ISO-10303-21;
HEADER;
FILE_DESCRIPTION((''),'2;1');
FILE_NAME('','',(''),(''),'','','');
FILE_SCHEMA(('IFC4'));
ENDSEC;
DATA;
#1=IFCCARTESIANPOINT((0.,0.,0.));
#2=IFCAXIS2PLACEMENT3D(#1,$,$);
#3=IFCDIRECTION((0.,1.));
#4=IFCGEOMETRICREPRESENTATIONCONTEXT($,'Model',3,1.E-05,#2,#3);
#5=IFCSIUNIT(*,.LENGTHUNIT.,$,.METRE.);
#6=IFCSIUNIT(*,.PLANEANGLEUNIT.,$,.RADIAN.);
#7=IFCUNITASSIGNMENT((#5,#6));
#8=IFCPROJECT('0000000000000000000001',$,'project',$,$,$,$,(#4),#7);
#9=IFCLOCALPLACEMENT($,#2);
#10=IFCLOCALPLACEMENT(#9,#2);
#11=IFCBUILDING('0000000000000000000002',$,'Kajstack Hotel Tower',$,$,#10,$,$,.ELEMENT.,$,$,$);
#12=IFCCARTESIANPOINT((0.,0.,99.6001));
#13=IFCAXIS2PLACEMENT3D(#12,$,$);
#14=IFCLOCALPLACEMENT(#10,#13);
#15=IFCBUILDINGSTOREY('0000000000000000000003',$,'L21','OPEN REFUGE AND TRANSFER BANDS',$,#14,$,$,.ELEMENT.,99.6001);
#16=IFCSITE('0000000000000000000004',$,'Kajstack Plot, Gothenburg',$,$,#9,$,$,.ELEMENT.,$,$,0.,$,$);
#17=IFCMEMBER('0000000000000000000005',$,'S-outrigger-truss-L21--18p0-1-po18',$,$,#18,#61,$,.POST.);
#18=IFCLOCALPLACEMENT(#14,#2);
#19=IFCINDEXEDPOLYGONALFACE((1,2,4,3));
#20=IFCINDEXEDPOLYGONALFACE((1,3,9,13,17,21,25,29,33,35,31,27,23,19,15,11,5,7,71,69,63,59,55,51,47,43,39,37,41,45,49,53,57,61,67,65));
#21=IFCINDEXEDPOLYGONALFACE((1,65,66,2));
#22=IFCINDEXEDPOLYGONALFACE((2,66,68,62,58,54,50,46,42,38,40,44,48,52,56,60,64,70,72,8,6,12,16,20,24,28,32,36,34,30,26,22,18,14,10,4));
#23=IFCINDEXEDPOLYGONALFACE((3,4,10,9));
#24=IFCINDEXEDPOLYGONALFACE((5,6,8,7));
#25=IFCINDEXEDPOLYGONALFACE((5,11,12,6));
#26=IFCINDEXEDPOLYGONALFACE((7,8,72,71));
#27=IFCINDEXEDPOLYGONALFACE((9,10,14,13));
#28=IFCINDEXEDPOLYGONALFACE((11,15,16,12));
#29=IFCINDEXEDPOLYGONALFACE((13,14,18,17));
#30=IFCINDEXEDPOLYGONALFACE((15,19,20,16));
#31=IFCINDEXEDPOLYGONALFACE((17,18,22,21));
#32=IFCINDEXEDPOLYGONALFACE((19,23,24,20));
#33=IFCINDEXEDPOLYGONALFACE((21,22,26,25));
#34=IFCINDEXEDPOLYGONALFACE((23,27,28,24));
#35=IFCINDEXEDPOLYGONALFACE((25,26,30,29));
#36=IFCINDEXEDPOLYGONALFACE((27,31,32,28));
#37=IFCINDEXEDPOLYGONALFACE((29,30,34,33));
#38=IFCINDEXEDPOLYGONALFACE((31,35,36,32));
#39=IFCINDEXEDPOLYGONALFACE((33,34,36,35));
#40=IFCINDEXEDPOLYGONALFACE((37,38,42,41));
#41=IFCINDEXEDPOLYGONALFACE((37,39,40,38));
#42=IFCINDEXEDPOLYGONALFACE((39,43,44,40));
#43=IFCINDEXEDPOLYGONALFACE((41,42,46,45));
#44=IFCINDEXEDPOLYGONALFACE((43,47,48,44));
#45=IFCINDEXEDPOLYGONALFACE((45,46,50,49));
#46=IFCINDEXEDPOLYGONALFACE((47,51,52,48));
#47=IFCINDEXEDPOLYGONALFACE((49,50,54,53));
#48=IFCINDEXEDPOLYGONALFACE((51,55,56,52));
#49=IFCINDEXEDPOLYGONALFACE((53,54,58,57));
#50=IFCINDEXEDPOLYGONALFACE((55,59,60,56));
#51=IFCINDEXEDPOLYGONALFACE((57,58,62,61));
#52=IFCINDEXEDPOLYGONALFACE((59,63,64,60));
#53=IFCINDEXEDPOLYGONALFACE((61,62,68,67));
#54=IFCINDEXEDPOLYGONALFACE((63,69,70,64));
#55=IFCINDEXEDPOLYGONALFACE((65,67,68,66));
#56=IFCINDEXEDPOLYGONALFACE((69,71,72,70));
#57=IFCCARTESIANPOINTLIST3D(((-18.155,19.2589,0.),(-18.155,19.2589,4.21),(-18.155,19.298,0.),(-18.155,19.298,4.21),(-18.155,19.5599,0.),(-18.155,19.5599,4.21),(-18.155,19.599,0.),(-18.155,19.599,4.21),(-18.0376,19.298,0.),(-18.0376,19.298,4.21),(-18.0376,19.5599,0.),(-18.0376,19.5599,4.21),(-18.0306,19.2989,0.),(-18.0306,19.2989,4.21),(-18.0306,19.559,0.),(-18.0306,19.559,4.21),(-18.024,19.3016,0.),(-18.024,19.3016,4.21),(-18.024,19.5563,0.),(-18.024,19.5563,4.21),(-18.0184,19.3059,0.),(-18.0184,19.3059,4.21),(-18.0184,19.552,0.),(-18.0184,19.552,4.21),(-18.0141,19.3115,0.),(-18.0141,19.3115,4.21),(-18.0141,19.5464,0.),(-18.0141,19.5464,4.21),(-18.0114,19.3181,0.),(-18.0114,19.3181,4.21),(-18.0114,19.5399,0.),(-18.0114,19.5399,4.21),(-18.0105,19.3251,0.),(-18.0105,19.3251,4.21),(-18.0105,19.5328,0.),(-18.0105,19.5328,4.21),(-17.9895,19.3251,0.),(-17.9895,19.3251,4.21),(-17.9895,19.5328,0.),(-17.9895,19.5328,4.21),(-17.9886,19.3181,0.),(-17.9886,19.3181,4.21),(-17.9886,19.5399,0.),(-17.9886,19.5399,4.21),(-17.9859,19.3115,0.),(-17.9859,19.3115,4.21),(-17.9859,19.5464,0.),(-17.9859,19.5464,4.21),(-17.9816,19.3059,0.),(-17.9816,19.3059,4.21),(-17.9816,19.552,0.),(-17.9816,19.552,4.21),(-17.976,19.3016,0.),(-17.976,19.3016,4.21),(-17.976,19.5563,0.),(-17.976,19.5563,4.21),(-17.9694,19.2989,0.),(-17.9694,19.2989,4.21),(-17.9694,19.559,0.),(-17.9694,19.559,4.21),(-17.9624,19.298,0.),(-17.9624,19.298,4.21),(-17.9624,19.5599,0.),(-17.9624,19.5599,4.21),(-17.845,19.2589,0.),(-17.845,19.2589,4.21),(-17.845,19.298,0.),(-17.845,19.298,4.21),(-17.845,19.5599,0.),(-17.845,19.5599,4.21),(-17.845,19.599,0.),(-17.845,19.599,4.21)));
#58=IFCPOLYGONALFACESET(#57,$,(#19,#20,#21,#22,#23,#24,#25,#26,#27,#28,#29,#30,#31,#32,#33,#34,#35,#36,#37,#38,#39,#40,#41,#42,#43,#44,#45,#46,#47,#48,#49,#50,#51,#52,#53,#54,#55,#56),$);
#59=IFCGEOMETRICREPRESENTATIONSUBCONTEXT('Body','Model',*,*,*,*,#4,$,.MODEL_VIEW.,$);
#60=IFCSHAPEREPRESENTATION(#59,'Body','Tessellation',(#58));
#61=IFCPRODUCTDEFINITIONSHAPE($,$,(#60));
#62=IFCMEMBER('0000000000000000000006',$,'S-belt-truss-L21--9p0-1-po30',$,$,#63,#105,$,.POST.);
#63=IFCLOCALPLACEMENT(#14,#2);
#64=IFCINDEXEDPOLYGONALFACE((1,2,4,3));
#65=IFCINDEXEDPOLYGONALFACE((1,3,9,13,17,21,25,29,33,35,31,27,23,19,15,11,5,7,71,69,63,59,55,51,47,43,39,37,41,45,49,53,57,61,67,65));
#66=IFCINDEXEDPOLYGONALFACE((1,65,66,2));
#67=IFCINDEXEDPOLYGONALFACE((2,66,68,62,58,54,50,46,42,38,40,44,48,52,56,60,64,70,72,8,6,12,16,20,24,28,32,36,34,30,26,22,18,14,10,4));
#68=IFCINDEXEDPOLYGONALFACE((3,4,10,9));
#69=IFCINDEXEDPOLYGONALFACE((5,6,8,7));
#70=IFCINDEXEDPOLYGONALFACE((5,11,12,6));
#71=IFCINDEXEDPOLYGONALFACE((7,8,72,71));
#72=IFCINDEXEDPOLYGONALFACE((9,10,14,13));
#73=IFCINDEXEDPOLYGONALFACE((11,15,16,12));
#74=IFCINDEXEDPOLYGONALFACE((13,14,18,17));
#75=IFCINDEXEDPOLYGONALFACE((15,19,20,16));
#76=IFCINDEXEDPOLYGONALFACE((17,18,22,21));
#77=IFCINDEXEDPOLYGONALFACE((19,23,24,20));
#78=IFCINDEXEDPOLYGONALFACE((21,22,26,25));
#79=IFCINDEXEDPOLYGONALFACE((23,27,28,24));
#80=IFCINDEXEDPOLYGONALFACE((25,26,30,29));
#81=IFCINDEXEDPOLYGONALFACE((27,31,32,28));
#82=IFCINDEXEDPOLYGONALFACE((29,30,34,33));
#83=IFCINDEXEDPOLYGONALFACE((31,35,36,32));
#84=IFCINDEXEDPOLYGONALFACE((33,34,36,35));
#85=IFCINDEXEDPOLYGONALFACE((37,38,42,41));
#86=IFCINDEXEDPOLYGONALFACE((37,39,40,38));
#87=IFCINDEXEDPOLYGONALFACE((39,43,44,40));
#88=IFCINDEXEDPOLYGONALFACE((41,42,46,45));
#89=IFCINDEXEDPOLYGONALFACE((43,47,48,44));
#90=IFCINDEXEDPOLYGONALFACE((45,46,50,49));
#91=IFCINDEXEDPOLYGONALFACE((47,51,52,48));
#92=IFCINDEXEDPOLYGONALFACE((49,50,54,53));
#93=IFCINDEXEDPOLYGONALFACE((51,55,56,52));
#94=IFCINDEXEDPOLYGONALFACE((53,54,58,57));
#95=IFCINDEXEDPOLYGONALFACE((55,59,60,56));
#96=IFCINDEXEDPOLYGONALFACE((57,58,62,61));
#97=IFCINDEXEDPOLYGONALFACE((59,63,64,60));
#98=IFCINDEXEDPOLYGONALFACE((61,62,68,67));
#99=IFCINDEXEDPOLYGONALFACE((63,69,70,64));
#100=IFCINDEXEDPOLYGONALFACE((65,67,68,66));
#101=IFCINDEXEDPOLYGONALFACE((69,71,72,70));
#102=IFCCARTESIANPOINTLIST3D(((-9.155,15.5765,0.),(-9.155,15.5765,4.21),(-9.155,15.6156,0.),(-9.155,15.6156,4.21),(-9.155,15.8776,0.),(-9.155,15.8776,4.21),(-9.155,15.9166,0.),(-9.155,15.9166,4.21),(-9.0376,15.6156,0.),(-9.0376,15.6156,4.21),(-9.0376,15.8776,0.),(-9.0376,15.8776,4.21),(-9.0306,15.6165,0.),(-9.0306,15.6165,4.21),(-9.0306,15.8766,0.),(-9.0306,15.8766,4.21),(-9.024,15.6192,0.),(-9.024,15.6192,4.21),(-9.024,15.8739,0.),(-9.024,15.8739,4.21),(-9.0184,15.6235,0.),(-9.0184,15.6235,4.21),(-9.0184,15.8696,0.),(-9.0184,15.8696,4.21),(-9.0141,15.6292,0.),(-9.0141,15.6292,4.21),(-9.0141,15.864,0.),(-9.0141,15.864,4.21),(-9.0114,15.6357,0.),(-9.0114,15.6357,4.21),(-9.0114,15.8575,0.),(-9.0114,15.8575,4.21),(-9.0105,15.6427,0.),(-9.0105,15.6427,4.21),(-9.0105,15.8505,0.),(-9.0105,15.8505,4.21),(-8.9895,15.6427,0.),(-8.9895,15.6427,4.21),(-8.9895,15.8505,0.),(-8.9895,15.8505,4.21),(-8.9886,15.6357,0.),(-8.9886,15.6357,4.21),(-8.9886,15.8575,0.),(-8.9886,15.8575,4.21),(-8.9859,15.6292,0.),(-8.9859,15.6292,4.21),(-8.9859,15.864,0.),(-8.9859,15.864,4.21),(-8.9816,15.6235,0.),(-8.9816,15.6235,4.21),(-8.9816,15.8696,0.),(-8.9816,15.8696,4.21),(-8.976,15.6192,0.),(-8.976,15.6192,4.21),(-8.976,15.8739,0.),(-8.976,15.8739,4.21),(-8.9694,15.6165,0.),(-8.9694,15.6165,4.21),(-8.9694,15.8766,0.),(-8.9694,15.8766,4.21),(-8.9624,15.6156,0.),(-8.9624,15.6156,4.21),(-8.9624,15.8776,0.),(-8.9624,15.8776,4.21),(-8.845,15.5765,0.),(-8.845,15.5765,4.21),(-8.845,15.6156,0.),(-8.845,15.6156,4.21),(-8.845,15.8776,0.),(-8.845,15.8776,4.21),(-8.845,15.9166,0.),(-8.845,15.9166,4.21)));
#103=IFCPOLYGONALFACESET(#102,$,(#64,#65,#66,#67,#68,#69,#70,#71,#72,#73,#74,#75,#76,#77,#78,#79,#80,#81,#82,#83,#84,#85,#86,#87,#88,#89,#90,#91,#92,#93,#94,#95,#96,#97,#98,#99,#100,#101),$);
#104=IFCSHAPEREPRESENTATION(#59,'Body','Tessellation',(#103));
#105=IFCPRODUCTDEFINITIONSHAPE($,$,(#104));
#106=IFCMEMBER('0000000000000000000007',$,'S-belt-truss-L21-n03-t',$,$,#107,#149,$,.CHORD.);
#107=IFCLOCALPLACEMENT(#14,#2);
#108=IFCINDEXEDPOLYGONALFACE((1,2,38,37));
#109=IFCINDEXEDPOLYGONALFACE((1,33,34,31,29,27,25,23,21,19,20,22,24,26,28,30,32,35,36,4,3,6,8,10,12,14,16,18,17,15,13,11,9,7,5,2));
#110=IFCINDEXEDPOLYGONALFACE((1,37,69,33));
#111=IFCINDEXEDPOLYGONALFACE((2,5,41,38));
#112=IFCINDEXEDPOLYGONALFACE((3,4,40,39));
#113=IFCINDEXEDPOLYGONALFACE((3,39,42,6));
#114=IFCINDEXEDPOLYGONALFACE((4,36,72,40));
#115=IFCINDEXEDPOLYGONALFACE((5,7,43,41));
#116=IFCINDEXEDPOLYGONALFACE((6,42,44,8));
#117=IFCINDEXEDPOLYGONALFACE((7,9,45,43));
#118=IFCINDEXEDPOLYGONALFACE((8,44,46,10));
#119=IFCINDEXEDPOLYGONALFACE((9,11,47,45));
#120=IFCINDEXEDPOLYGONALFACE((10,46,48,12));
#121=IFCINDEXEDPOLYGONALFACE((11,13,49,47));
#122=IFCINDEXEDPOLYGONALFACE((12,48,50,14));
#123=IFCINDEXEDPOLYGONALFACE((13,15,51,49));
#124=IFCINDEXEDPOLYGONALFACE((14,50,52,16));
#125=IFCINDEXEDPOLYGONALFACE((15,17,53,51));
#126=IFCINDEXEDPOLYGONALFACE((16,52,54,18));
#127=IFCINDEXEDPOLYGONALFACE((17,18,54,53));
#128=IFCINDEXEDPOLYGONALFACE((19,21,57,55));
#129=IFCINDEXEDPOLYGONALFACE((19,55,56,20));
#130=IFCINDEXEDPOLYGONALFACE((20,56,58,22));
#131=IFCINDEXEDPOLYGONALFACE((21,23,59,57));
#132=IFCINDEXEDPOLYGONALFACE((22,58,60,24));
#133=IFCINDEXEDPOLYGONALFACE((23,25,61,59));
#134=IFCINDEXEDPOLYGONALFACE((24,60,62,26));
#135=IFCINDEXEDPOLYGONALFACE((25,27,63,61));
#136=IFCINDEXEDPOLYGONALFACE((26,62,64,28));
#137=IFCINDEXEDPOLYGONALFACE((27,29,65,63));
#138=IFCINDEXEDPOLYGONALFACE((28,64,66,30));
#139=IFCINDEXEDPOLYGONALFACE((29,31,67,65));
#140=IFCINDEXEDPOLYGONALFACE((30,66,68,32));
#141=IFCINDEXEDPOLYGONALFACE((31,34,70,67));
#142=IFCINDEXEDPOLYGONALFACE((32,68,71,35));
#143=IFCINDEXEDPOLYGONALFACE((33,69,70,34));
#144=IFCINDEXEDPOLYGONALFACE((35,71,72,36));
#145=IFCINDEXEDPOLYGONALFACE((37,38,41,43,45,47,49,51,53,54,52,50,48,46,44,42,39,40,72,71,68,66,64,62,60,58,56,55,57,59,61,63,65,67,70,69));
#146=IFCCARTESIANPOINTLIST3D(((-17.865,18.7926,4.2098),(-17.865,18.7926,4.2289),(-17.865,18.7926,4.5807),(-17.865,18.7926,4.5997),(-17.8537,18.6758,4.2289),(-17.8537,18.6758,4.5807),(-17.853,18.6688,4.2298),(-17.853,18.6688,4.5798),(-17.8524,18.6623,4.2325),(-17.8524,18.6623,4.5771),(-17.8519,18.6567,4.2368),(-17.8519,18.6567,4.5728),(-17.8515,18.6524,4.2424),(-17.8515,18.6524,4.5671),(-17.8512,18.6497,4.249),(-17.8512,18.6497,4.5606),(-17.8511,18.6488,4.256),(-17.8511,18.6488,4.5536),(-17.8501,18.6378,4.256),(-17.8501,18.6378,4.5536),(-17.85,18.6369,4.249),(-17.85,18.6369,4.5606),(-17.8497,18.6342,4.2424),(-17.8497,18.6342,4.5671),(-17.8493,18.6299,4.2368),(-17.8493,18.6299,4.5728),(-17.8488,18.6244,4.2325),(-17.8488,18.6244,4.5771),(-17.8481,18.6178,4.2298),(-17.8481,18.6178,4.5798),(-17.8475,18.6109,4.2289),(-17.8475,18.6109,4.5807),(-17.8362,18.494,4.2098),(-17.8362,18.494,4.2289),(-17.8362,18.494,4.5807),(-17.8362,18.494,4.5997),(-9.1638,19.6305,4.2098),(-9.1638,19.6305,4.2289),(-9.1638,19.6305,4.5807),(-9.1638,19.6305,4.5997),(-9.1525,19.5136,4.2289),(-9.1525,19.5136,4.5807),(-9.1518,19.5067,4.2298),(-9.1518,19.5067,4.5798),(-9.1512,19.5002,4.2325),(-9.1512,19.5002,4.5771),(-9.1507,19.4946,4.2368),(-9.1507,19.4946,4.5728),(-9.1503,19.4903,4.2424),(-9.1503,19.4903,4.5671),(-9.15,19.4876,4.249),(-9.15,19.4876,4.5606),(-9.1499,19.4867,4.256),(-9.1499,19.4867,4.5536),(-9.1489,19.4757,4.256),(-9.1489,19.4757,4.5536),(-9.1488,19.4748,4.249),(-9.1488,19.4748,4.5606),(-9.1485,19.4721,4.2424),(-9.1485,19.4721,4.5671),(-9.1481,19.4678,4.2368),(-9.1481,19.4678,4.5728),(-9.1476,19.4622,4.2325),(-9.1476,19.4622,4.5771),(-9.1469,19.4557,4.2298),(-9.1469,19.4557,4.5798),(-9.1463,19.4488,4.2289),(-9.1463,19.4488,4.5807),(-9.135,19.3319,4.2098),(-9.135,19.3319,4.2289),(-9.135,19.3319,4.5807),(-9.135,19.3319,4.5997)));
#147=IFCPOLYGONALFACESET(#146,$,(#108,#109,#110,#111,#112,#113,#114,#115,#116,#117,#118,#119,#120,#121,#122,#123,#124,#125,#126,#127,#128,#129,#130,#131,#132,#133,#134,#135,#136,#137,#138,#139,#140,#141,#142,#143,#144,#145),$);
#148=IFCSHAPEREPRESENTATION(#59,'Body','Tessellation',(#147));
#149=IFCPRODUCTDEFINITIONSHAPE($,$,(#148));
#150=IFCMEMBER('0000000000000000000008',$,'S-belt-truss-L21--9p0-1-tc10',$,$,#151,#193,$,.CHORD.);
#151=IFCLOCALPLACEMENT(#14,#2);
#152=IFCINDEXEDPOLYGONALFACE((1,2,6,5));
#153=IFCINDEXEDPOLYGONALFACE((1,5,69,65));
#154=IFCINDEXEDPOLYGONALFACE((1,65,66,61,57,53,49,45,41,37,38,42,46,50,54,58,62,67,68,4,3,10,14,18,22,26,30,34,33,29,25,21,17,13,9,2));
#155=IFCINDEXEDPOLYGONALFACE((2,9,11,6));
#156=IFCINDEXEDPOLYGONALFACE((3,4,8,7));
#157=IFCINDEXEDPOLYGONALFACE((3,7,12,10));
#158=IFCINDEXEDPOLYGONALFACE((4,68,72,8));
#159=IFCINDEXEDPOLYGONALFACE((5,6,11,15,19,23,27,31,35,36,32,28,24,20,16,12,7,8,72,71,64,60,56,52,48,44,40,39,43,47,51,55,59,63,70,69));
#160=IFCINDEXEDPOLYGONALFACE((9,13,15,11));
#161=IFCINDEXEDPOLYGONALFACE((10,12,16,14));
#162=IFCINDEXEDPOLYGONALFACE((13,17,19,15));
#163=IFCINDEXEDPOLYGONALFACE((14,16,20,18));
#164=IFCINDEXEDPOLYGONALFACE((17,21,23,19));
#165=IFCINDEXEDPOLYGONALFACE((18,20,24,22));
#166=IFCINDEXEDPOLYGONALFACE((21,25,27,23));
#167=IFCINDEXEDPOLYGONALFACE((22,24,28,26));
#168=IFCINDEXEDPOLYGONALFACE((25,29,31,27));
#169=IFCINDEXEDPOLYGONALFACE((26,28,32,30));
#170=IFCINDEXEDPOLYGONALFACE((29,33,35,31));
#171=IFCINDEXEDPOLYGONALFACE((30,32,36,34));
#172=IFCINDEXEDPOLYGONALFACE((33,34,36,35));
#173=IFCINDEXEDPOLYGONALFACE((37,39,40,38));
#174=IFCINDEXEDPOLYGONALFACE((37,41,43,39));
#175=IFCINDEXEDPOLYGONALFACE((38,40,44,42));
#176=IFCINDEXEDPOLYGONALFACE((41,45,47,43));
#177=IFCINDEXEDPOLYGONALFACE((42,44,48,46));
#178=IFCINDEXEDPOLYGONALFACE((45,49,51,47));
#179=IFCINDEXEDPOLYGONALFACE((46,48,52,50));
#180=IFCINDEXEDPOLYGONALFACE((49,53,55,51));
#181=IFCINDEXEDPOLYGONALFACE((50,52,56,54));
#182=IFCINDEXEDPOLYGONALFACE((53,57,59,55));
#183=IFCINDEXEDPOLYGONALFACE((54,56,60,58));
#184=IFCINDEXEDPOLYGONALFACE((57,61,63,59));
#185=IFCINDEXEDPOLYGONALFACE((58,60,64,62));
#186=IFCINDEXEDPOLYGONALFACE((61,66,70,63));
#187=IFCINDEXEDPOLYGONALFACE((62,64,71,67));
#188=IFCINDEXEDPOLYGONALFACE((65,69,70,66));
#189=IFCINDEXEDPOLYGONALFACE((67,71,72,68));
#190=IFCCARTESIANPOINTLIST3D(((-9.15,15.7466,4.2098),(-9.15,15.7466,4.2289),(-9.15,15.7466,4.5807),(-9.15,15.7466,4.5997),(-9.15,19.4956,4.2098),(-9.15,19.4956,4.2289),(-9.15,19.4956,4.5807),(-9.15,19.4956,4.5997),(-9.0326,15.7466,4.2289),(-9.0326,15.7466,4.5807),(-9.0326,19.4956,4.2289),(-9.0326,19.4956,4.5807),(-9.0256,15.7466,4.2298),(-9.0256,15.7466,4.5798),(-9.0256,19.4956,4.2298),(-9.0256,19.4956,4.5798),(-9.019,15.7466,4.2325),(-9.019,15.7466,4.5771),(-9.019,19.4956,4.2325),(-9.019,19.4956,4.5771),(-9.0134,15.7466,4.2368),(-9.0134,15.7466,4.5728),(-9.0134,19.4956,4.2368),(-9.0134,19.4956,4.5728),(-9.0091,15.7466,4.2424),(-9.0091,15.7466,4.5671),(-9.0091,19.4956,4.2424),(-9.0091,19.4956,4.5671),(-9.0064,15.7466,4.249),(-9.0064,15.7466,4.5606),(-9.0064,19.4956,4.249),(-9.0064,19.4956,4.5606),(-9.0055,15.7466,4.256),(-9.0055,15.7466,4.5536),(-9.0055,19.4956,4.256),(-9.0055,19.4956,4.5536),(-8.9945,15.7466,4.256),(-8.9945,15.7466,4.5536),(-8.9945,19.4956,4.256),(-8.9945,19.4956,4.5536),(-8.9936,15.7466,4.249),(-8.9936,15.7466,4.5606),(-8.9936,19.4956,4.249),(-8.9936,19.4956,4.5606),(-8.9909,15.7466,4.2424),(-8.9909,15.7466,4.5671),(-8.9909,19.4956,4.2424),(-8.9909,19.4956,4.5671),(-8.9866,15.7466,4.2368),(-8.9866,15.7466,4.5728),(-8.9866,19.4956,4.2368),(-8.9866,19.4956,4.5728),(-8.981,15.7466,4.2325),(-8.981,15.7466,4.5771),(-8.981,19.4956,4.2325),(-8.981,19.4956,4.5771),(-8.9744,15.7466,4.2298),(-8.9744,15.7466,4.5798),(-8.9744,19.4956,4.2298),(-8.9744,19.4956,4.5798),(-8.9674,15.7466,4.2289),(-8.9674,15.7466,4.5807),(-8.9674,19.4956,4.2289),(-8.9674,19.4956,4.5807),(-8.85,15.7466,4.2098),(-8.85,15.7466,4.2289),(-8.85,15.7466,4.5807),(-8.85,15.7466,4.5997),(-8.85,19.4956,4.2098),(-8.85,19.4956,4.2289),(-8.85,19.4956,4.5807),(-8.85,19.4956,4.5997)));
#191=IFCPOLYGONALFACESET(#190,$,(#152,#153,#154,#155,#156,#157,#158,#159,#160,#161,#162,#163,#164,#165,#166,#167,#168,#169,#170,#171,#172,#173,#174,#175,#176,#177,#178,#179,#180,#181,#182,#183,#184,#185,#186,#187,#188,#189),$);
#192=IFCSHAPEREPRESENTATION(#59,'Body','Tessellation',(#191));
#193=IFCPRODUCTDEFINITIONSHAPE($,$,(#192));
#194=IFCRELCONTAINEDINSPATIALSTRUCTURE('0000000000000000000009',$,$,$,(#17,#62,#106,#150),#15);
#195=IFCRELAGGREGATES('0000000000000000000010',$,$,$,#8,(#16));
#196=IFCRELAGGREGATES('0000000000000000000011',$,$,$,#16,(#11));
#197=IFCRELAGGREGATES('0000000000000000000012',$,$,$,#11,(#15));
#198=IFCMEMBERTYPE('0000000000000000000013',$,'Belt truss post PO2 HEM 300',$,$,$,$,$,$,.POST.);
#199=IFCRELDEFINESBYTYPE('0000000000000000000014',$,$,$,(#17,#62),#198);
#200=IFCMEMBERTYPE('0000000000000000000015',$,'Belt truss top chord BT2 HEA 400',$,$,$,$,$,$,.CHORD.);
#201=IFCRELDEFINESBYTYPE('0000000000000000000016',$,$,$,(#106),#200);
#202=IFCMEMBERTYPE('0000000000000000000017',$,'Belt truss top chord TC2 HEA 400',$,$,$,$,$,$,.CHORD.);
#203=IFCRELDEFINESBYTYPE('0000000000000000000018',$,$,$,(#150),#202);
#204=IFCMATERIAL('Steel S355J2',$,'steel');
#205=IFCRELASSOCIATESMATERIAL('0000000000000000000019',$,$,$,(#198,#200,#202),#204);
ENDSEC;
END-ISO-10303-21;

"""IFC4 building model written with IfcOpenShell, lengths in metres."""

from ifc_helpers import new_model, si_unit, direction, frame, origin, origin_2d, place, context, subcontext, project, spatial, i_section, extrude, material, material_profile, profile_set, type_object, element, save


model = new_model("IFC4")

# Units and contexts
model_context = context("Model", 3, precision=1e-05, world=origin(), true_north=direction((0.0, 1.0)))
body_context = subcontext(model_context, "Body", "Model", "MODEL_VIEW")
ifc_project = project(units=[si_unit("LENGTHUNIT", "METRE"), si_unit("PLANEANGLEUNIT", "RADIAN")], contexts=[model_context])

# Site, building, storey
site_placement = place(None, origin())
site = spatial("IfcSite", under=ifc_project, at=site_placement, Name="Kajstack Plot, Gothenburg", CompositionType="ELEMENT", RefElevation=0.0)
building_placement = place(site_placement, origin())
building = spatial("IfcBuilding", under=site, at=building_placement, Name="Kajstack Hotel Tower", CompositionType="ELEMENT")
storey_placement = place(building_placement, frame((0.0, 0.0, 99.6001)))
storey = spatial("IfcBuildingStorey", under=building, at=storey_placement, Name="L21", Description="OPEN REFUGE AND TRANSFER BANDS", CompositionType="ELEMENT", Elevation=99.6001)

# Members
ifc_material_1 = material(Name="Steel S355J2", Category="steel")
ifc_material_profile_1 = material_profile(ifc_material_1, i_section(OverallWidth=0.3101, OverallDepth=0.3401, WebThickness=0.021, FlangeThickness=0.0391, FilletRadius=0.0271, at=origin_2d()), Name="HEM 300")
ifc_profile_set_1 = profile_set([ifc_material_profile_1], Name="Steel S355J2")
member_type_1 = type_object("IfcMemberType", Name="Belt truss post PO2 HEM 300", PredefinedType="POST", material=ifc_profile_set_1)
for number, where, z_axis, x_axis, name in (
    (1, (-18.0, 19.429, 0.0), (0.0, 0.0, 1.0), (1.0, 0.0, 0.0), "S-outrigger-truss-L21--18p0-1-po18"),
    (2, (-9.0, 15.7466, 0.0), (0.0, 0.0, 1.0), (1.0, 0.0, 0.0), "S-belt-truss-L21--9p0-1-po30"),
):
    element("IfcMember", number, at=place(storey_placement, frame(where, z_axis=z_axis, x_axis=x_axis)), inside=storey, type_object=member_type_1, Name=name, PredefinedType="POST", context=body_context, shape_type="SweptSolid", body=[
        extrude(i_section(OverallWidth=0.3101, OverallDepth=0.3401, WebThickness=0.021, FlangeThickness=0.0391, FilletRadius=0.0271, at=origin_2d()), origin(), (0.0, 0.0, 1.0), 4.21),
    ])
ifc_material_profile_2 = material_profile(ifc_material_1, i_section(OverallWidth=0.3, OverallDepth=0.3899, WebThickness=0.011, FlangeThickness=0.019, FilletRadius=0.0271, at=origin_2d()), Name="HEA 400")
ifc_profile_set_2 = profile_set([ifc_material_profile_2], Name="Steel S355J2")
member_type_2 = type_object("IfcMemberType", Name="Belt truss top chord BT2 HEA 400", PredefinedType="CHORD", material=ifc_profile_set_2)
member_1_placement = place(storey_placement, frame((-17.8506, 18.6433, 4.4048), z_axis=(0.995396, 0.095853, 0.0), x_axis=(-0.095853, 0.995396, 0.0)))
element("IfcMember", 3, at=member_1_placement, inside=storey, type_object=member_type_2, Name="S-belt-truss-L21-n03-t", PredefinedType="CHORD", context=body_context, shape_type="SweptSolid", body=[
    extrude(i_section(OverallWidth=0.3, OverallDepth=0.3899, WebThickness=0.011, FlangeThickness=0.019, FilletRadius=0.0271, at=origin_2d()), origin(), (0.0, 0.0, 1.0), 8.7415),
])
ifc_material_profile_3 = material_profile(ifc_material_1, i_section(OverallWidth=0.3, OverallDepth=0.3899, WebThickness=0.011, FlangeThickness=0.019, FilletRadius=0.0271, at=origin_2d()), Name="HEA 400")
ifc_profile_set_3 = profile_set([ifc_material_profile_3], Name="Steel S355J2")
member_type_3 = type_object("IfcMemberType", Name="Belt truss top chord TC2 HEA 400", PredefinedType="CHORD", material=ifc_profile_set_3)
member_2_placement = place(storey_placement, frame((-9.0, 15.7466, 4.4048), z_axis=(0.0, 1.0, 0.0), x_axis=(-1.0, 0.0, 0.0)))
element("IfcMember", 4, at=member_2_placement, inside=storey, type_object=member_type_3, Name="S-belt-truss-L21--9p0-1-tc10", PredefinedType="CHORD", context=body_context, shape_type="SweptSolid", body=[
    extrude(i_section(OverallWidth=0.3, OverallDepth=0.3899, WebThickness=0.011, FlangeThickness=0.019, FilletRadius=0.0271, at=origin_2d()), origin(), (0.0, 0.0, 1.0), 3.749),
])

save(model, "model.ifc")
